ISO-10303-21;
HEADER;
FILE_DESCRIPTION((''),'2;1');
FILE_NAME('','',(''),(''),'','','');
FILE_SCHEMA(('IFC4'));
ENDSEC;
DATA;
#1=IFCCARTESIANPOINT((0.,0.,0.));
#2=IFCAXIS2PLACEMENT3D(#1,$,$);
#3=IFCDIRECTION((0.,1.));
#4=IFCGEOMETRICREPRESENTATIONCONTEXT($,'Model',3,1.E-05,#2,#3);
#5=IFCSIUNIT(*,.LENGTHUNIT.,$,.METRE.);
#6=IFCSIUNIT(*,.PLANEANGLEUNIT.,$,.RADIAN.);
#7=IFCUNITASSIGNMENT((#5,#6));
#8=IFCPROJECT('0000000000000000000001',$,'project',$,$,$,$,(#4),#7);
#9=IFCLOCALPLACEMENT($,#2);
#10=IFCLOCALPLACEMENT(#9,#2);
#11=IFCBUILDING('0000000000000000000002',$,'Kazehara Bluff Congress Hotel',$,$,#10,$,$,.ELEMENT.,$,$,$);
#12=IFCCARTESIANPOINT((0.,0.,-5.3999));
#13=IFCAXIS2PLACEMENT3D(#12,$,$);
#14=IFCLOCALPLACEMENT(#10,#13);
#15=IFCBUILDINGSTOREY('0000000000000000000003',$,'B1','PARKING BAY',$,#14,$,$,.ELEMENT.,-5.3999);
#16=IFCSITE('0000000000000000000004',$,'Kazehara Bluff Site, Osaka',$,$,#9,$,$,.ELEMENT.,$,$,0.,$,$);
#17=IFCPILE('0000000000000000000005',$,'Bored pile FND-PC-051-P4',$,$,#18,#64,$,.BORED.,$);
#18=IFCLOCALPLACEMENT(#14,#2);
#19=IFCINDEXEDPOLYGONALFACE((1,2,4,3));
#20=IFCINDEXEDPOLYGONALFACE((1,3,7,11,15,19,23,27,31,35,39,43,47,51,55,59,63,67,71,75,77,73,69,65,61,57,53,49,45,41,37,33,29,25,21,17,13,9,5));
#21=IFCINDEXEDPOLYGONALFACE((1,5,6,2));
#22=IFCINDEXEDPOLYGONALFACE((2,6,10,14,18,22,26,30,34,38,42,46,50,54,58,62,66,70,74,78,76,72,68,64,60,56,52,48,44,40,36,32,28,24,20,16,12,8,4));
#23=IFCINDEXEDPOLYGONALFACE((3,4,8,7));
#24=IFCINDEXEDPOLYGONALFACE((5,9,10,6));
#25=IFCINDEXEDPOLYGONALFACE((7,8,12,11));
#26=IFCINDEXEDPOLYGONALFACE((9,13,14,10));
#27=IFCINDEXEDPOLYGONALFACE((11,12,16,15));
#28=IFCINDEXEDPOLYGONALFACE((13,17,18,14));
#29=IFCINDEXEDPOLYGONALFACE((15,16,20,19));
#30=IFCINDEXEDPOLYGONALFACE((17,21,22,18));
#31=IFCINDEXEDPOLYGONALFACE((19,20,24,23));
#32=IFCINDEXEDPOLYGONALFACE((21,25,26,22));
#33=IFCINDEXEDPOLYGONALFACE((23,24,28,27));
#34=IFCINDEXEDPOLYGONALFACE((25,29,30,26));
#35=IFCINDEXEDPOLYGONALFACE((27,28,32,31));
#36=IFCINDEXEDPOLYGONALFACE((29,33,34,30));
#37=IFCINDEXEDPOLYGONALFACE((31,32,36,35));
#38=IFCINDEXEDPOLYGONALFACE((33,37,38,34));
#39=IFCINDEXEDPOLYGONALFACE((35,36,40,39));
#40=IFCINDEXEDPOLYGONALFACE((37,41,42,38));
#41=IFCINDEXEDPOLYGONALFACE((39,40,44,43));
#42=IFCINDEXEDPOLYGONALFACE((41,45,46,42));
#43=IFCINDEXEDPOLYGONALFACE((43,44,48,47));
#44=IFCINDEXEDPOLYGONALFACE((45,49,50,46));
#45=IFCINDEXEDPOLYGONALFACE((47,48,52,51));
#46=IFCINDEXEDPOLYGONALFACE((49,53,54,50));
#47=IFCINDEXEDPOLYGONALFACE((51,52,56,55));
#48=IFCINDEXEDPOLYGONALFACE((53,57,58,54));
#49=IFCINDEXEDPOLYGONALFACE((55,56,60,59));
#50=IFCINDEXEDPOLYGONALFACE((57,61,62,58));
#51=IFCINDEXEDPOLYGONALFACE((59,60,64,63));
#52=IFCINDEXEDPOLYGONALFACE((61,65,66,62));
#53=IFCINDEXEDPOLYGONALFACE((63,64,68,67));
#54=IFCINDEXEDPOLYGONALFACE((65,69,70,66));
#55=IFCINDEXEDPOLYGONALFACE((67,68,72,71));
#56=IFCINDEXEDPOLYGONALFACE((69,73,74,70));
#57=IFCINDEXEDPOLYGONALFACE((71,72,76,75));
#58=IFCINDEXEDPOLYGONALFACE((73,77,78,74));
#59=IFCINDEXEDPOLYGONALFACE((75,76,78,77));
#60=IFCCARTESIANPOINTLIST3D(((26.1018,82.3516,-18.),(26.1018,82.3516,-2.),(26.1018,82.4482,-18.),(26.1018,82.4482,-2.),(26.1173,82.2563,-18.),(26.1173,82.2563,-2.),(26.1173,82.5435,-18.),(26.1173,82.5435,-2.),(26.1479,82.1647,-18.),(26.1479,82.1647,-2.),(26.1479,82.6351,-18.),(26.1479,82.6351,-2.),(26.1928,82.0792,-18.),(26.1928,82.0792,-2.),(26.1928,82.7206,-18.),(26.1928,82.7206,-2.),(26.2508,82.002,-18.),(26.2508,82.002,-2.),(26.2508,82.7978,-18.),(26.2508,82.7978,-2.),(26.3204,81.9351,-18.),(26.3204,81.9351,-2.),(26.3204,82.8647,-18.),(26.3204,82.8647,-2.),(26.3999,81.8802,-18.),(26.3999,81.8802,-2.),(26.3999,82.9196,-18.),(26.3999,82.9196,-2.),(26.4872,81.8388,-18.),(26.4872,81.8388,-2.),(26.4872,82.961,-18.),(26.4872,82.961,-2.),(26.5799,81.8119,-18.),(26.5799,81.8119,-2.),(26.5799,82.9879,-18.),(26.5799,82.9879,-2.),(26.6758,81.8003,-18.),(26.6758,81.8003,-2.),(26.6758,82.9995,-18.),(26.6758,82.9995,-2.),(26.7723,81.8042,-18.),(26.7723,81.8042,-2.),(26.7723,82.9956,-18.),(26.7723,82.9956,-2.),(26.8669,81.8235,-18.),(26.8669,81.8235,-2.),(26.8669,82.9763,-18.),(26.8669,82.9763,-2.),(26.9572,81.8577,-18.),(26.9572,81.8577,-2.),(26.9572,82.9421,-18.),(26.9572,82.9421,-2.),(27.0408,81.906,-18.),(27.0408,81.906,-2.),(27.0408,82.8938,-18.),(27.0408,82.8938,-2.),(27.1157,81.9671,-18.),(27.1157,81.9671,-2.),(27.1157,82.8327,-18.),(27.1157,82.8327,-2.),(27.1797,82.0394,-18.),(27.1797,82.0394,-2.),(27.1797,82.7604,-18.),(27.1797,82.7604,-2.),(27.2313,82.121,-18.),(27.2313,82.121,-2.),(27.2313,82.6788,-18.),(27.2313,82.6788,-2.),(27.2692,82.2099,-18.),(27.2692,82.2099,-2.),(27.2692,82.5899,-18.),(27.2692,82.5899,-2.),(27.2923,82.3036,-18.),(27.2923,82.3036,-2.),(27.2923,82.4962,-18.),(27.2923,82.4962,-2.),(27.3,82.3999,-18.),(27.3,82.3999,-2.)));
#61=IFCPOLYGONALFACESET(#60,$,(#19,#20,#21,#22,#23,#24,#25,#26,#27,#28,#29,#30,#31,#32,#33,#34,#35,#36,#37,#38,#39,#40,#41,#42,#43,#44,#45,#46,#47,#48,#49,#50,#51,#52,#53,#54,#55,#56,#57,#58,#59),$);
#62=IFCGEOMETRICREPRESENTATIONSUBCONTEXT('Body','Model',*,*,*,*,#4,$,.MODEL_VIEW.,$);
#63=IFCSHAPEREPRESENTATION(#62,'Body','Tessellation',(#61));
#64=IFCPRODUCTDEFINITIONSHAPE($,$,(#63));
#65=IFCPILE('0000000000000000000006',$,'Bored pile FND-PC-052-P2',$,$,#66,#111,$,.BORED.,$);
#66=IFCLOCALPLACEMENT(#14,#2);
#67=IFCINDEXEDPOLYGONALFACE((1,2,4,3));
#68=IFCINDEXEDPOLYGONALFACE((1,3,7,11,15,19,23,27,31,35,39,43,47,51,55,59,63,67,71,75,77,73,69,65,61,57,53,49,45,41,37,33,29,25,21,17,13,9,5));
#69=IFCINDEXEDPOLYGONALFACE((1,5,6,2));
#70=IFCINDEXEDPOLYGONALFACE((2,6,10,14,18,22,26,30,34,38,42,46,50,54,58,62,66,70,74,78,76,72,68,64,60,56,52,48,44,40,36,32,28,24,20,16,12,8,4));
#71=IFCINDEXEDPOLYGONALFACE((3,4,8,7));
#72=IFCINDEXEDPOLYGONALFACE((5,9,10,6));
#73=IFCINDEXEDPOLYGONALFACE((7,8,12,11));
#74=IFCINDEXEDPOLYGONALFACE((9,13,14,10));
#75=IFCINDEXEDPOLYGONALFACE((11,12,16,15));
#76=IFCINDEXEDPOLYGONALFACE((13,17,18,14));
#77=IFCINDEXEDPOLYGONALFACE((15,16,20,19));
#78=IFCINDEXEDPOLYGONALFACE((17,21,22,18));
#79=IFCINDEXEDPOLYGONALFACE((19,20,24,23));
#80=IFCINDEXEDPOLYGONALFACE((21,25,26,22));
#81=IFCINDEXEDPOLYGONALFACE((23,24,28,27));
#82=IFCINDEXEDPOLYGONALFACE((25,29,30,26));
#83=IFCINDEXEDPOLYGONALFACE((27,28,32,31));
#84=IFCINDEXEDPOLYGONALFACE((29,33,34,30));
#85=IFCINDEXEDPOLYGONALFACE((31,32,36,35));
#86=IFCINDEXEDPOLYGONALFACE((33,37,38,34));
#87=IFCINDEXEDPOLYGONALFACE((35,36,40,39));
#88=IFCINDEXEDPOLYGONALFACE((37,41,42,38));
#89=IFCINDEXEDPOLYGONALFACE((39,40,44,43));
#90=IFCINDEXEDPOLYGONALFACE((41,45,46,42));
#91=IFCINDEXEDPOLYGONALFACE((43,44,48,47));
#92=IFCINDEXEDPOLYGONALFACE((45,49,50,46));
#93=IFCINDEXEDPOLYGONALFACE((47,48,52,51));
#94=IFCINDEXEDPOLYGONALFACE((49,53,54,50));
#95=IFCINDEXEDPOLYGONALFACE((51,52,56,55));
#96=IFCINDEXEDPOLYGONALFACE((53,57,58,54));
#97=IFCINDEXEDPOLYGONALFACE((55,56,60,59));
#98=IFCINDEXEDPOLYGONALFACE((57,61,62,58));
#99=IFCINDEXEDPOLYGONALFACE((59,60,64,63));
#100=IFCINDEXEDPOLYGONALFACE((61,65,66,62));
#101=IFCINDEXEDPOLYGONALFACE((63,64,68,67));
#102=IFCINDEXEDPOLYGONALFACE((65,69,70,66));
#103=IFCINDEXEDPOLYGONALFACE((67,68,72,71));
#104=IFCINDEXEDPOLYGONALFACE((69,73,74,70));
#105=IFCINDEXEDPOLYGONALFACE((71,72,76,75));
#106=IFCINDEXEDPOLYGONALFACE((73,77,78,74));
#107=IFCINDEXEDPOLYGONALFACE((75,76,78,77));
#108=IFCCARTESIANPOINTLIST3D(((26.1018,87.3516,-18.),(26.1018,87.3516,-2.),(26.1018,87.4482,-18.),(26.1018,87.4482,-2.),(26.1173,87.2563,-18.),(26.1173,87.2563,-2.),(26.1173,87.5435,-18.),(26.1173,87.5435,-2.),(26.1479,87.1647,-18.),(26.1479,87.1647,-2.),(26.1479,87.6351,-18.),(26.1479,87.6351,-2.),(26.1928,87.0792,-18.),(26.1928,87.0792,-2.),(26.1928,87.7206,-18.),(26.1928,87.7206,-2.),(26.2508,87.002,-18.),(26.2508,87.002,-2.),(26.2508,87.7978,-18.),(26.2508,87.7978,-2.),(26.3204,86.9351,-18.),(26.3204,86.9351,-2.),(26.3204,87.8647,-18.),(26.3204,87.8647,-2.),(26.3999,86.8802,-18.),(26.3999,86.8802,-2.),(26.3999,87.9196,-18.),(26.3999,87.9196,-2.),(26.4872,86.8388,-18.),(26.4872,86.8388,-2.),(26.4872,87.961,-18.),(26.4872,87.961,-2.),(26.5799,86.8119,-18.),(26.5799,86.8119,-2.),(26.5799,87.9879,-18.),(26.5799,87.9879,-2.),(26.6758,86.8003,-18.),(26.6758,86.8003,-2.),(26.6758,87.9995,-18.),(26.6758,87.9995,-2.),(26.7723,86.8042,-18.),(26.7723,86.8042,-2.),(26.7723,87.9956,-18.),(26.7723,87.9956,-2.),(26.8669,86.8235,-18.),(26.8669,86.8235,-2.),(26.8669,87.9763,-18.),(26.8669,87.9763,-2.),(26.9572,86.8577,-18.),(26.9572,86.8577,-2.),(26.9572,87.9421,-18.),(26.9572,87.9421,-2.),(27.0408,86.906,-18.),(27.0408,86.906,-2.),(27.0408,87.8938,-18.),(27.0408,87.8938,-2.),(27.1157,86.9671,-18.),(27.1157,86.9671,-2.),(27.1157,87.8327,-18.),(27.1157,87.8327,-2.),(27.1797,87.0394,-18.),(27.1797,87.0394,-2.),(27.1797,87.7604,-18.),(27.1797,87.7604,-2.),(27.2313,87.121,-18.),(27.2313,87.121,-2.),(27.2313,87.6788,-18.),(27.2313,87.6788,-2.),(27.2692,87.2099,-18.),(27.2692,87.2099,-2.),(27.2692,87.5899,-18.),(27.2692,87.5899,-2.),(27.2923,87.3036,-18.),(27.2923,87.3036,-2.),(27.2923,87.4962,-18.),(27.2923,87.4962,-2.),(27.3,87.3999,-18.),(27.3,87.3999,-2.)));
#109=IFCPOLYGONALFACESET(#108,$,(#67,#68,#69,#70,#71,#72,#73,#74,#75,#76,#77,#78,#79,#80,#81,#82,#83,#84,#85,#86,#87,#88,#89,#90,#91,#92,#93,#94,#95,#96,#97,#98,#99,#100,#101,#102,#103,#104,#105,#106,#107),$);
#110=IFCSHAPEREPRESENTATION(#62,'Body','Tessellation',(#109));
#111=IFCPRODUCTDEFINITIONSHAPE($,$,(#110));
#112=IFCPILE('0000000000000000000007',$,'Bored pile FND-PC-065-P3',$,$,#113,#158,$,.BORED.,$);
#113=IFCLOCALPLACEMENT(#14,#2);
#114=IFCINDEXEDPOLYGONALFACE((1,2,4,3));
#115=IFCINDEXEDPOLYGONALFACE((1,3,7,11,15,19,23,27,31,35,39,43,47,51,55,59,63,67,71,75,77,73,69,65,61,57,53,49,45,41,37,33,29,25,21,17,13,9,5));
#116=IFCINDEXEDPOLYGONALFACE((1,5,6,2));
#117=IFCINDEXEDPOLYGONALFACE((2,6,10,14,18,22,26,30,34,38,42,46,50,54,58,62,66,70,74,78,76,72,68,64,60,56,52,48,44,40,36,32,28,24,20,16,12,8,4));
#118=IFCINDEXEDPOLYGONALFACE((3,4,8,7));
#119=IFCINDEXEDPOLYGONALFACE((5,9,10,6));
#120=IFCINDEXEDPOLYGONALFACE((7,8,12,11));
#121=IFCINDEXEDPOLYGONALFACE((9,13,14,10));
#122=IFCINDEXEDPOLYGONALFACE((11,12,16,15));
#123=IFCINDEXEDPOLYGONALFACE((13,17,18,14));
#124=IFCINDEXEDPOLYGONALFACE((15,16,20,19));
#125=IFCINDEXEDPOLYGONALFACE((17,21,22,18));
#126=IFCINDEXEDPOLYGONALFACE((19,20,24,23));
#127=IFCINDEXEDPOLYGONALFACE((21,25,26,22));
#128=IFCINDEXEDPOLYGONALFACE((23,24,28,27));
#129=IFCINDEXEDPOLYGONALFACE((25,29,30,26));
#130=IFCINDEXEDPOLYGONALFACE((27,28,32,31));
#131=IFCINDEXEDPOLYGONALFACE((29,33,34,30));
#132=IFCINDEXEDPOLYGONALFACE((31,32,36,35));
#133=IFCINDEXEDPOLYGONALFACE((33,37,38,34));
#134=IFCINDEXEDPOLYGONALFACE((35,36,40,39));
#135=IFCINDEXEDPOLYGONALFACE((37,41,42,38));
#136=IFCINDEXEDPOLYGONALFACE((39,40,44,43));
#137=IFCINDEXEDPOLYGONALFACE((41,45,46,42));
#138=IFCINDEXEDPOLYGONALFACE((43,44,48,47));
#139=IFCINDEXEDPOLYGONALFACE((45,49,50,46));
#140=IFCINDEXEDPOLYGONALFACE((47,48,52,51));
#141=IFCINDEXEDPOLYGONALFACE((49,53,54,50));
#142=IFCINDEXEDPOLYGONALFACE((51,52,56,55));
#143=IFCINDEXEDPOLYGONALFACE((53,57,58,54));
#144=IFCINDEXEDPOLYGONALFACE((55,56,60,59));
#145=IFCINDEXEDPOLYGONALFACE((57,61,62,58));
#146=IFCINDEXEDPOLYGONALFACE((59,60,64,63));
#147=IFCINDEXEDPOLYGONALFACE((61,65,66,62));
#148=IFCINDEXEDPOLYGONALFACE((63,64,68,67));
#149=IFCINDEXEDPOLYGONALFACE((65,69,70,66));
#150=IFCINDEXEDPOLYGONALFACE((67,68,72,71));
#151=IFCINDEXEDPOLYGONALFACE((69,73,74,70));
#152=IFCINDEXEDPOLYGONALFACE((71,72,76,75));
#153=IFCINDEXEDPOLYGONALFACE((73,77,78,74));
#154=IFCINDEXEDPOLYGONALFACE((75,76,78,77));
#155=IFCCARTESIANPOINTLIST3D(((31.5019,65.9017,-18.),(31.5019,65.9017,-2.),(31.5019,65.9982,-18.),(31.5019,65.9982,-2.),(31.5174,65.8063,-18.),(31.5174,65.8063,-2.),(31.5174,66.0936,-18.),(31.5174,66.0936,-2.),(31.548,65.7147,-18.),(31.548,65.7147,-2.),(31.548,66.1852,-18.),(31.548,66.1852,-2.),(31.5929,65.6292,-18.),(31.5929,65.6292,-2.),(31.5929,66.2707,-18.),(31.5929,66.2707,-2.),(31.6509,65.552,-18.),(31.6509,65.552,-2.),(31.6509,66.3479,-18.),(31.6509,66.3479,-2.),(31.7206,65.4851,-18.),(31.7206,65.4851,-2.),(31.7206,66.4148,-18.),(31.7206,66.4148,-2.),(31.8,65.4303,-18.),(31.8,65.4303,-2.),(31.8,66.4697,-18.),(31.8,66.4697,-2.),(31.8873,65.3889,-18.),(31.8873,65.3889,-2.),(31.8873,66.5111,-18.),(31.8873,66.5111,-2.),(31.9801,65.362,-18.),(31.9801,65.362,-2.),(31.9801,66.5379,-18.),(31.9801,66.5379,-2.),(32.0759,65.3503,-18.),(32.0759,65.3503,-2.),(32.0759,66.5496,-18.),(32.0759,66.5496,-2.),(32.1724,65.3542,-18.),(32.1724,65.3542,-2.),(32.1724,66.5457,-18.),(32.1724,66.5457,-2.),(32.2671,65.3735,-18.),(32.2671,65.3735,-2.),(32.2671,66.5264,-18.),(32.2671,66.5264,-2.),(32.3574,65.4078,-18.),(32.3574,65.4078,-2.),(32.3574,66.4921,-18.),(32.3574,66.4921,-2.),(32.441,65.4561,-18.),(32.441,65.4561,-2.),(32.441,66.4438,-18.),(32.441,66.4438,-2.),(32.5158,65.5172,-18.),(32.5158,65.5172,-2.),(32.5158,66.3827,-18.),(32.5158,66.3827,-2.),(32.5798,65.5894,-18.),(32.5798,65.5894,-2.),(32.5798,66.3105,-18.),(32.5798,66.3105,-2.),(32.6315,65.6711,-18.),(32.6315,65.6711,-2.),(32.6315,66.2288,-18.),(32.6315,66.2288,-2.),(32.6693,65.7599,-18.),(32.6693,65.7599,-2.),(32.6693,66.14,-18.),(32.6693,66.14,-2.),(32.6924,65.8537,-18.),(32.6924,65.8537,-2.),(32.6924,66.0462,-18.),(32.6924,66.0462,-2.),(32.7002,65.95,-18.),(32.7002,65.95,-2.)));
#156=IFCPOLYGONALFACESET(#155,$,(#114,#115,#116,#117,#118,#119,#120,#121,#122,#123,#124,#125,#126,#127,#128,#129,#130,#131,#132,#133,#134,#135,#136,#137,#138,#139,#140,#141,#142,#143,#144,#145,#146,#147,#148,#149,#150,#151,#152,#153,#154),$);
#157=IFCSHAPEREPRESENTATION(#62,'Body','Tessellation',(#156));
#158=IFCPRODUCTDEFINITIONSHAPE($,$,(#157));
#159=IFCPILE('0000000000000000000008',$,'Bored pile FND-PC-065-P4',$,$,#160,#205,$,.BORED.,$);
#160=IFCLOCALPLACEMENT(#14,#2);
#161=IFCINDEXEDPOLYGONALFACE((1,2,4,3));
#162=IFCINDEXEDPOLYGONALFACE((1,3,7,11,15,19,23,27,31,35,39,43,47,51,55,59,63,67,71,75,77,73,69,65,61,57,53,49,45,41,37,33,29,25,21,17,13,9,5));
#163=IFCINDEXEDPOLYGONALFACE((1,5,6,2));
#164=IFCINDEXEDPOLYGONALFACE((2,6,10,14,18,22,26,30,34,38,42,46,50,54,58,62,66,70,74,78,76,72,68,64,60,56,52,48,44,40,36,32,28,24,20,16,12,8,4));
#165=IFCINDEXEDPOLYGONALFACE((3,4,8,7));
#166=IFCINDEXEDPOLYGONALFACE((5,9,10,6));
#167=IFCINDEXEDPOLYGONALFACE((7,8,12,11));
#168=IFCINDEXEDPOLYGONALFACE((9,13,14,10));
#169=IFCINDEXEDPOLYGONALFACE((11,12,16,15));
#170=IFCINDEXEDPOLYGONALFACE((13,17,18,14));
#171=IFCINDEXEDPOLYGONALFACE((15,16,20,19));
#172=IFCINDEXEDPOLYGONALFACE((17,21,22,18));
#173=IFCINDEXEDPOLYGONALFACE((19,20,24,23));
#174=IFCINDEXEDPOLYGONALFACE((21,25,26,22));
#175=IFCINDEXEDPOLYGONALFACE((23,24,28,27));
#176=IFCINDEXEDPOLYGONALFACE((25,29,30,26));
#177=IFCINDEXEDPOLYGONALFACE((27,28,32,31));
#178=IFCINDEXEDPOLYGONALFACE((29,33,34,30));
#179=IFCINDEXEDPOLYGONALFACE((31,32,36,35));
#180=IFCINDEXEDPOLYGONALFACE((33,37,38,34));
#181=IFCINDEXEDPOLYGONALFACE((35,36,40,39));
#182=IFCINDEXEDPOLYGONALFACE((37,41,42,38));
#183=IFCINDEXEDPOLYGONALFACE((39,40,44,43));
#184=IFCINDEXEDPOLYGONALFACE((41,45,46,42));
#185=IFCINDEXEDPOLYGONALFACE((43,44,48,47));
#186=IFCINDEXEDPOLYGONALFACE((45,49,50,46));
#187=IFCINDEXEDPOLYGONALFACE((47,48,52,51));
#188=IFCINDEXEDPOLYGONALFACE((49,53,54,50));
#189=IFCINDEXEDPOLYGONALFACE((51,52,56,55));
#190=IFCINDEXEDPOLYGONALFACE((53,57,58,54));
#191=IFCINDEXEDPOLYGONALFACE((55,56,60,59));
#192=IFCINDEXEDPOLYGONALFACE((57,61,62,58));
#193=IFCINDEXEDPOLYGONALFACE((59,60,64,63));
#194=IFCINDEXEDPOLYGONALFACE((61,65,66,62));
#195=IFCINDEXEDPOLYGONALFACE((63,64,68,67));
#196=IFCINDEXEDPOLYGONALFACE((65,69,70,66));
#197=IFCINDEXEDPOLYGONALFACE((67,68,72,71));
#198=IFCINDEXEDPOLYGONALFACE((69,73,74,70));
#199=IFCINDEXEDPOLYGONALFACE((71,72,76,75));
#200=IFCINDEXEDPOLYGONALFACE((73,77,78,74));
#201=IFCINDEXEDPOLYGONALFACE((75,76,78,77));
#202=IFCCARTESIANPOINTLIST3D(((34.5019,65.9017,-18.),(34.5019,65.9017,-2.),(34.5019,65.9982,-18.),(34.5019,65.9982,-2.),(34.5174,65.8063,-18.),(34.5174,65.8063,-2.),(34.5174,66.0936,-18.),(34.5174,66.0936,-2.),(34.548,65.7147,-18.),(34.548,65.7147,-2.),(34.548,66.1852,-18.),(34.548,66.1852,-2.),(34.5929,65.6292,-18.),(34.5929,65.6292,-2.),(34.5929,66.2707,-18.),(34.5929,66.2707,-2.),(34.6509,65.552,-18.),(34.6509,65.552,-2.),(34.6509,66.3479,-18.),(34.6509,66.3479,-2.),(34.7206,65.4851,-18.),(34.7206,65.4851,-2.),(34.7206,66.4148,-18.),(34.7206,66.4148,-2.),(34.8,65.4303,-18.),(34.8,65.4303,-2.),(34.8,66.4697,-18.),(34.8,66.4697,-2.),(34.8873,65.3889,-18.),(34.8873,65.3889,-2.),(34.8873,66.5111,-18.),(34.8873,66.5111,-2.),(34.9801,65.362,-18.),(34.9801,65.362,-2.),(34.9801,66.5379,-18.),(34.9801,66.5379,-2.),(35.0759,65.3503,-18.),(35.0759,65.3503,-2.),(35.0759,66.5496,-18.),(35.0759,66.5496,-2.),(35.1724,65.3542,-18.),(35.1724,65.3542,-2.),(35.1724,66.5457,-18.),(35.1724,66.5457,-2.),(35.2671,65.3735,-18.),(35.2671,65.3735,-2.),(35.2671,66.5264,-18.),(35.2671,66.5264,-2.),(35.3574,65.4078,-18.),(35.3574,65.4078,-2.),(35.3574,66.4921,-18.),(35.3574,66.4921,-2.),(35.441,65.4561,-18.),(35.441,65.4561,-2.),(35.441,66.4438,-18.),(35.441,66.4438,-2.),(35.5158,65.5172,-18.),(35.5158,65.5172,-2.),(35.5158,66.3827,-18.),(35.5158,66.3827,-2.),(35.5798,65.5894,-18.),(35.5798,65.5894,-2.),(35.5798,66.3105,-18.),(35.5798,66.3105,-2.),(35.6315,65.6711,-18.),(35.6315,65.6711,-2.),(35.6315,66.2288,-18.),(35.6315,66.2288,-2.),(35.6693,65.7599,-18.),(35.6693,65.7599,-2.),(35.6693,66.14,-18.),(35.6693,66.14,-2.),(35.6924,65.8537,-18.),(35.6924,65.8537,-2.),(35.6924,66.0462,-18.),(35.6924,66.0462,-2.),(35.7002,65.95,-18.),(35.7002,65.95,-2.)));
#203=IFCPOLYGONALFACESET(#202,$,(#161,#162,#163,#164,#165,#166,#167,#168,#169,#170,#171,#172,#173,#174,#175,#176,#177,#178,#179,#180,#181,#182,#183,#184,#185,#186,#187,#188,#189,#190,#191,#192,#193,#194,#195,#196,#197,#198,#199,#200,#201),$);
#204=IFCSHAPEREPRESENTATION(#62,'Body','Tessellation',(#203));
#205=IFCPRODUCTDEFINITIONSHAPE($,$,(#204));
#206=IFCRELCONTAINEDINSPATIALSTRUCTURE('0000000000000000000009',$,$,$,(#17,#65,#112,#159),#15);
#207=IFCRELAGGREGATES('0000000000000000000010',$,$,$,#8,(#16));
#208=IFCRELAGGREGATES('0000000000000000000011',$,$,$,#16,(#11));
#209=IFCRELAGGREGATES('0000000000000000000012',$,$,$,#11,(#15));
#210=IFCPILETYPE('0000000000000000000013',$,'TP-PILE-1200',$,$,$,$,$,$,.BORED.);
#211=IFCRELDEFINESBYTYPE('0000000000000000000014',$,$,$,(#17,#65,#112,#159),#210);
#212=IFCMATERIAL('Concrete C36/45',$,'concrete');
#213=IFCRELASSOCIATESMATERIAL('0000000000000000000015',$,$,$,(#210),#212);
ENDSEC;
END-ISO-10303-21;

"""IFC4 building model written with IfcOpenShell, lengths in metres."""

from ifc_helpers import new_model, si_unit, direction, frame, origin, origin_2d, place, context, subcontext, project, spatial, circle, extrude, material, material_profile, profile_set, type_object, element, save


model = new_model("IFC4")

# Units and contexts
model_context = context("Model", 3, precision=1e-05, world=origin(), true_north=direction((0.0, 1.0)))
body_context = subcontext(model_context, "Body", "Model", "MODEL_VIEW")
ifc_project = project(units=[si_unit("LENGTHUNIT", "METRE"), si_unit("PLANEANGLEUNIT", "RADIAN")], contexts=[model_context])

# Site, building, storey
site_placement = place(None, origin())
site = spatial("IfcSite", under=ifc_project, at=site_placement, Name="Kazehara Bluff Site, Osaka", CompositionType="ELEMENT", RefElevation=0.0)
building_placement = place(site_placement, origin())
building = spatial("IfcBuilding", under=site, at=building_placement, Name="Kazehara Bluff Congress Hotel", CompositionType="ELEMENT")
storey_placement = place(building_placement, frame((0.0, 0.0, -5.3999)))
storey = spatial("IfcBuildingStorey", under=building, at=storey_placement, Name="B1", Description="PARKING BAY", CompositionType="ELEMENT", Elevation=-5.3999)

# Piles
ifc_material_1 = material(Name="Concrete C36/45", Category="concrete")
ifc_material_profile_1 = material_profile(ifc_material_1, circle(Radius=0.6001, at=origin_2d()))
ifc_profile_set_1 = profile_set([ifc_material_profile_1], Name="Concrete C36/45")
pile_type = type_object("IfcPileType", Name="TP-PILE-1200", PredefinedType="BORED", material=ifc_profile_set_1)
for number, where, z_axis, x_axis, name in (
    (1, (26.7, 82.3999, -2.0), (0.0, 0.0, -1.0), (1.0, 0.0, 0.0), "Bored pile FND-PC-051-P4"),
    (2, (26.7, 87.3999, -2.0), (0.0, 0.0, -1.0), (1.0, 0.0, 0.0), "Bored pile FND-PC-052-P2"),
    (3, (32.1001, 65.95, -2.0), (0.0, 0.0, -1.0), (1.0, 0.0, 0.0), "Bored pile FND-PC-065-P3"),
    (4, (35.1001, 65.95, -2.0), (0.0, 0.0, -1.0), (1.0, 0.0, 0.0), "Bored pile FND-PC-065-P4"),
):
    element("IfcPile", number, at=place(storey_placement, frame(where, z_axis=z_axis, x_axis=x_axis)), inside=storey, type_object=pile_type, Name=name, PredefinedType="BORED", context=body_context, shape_type="SweptSolid", body=[
        extrude(circle(Radius=0.6001, at=origin_2d()), origin(), (0.0, 0.0, 1.0), 16.0),
    ])

save(model, "model.ifc")
